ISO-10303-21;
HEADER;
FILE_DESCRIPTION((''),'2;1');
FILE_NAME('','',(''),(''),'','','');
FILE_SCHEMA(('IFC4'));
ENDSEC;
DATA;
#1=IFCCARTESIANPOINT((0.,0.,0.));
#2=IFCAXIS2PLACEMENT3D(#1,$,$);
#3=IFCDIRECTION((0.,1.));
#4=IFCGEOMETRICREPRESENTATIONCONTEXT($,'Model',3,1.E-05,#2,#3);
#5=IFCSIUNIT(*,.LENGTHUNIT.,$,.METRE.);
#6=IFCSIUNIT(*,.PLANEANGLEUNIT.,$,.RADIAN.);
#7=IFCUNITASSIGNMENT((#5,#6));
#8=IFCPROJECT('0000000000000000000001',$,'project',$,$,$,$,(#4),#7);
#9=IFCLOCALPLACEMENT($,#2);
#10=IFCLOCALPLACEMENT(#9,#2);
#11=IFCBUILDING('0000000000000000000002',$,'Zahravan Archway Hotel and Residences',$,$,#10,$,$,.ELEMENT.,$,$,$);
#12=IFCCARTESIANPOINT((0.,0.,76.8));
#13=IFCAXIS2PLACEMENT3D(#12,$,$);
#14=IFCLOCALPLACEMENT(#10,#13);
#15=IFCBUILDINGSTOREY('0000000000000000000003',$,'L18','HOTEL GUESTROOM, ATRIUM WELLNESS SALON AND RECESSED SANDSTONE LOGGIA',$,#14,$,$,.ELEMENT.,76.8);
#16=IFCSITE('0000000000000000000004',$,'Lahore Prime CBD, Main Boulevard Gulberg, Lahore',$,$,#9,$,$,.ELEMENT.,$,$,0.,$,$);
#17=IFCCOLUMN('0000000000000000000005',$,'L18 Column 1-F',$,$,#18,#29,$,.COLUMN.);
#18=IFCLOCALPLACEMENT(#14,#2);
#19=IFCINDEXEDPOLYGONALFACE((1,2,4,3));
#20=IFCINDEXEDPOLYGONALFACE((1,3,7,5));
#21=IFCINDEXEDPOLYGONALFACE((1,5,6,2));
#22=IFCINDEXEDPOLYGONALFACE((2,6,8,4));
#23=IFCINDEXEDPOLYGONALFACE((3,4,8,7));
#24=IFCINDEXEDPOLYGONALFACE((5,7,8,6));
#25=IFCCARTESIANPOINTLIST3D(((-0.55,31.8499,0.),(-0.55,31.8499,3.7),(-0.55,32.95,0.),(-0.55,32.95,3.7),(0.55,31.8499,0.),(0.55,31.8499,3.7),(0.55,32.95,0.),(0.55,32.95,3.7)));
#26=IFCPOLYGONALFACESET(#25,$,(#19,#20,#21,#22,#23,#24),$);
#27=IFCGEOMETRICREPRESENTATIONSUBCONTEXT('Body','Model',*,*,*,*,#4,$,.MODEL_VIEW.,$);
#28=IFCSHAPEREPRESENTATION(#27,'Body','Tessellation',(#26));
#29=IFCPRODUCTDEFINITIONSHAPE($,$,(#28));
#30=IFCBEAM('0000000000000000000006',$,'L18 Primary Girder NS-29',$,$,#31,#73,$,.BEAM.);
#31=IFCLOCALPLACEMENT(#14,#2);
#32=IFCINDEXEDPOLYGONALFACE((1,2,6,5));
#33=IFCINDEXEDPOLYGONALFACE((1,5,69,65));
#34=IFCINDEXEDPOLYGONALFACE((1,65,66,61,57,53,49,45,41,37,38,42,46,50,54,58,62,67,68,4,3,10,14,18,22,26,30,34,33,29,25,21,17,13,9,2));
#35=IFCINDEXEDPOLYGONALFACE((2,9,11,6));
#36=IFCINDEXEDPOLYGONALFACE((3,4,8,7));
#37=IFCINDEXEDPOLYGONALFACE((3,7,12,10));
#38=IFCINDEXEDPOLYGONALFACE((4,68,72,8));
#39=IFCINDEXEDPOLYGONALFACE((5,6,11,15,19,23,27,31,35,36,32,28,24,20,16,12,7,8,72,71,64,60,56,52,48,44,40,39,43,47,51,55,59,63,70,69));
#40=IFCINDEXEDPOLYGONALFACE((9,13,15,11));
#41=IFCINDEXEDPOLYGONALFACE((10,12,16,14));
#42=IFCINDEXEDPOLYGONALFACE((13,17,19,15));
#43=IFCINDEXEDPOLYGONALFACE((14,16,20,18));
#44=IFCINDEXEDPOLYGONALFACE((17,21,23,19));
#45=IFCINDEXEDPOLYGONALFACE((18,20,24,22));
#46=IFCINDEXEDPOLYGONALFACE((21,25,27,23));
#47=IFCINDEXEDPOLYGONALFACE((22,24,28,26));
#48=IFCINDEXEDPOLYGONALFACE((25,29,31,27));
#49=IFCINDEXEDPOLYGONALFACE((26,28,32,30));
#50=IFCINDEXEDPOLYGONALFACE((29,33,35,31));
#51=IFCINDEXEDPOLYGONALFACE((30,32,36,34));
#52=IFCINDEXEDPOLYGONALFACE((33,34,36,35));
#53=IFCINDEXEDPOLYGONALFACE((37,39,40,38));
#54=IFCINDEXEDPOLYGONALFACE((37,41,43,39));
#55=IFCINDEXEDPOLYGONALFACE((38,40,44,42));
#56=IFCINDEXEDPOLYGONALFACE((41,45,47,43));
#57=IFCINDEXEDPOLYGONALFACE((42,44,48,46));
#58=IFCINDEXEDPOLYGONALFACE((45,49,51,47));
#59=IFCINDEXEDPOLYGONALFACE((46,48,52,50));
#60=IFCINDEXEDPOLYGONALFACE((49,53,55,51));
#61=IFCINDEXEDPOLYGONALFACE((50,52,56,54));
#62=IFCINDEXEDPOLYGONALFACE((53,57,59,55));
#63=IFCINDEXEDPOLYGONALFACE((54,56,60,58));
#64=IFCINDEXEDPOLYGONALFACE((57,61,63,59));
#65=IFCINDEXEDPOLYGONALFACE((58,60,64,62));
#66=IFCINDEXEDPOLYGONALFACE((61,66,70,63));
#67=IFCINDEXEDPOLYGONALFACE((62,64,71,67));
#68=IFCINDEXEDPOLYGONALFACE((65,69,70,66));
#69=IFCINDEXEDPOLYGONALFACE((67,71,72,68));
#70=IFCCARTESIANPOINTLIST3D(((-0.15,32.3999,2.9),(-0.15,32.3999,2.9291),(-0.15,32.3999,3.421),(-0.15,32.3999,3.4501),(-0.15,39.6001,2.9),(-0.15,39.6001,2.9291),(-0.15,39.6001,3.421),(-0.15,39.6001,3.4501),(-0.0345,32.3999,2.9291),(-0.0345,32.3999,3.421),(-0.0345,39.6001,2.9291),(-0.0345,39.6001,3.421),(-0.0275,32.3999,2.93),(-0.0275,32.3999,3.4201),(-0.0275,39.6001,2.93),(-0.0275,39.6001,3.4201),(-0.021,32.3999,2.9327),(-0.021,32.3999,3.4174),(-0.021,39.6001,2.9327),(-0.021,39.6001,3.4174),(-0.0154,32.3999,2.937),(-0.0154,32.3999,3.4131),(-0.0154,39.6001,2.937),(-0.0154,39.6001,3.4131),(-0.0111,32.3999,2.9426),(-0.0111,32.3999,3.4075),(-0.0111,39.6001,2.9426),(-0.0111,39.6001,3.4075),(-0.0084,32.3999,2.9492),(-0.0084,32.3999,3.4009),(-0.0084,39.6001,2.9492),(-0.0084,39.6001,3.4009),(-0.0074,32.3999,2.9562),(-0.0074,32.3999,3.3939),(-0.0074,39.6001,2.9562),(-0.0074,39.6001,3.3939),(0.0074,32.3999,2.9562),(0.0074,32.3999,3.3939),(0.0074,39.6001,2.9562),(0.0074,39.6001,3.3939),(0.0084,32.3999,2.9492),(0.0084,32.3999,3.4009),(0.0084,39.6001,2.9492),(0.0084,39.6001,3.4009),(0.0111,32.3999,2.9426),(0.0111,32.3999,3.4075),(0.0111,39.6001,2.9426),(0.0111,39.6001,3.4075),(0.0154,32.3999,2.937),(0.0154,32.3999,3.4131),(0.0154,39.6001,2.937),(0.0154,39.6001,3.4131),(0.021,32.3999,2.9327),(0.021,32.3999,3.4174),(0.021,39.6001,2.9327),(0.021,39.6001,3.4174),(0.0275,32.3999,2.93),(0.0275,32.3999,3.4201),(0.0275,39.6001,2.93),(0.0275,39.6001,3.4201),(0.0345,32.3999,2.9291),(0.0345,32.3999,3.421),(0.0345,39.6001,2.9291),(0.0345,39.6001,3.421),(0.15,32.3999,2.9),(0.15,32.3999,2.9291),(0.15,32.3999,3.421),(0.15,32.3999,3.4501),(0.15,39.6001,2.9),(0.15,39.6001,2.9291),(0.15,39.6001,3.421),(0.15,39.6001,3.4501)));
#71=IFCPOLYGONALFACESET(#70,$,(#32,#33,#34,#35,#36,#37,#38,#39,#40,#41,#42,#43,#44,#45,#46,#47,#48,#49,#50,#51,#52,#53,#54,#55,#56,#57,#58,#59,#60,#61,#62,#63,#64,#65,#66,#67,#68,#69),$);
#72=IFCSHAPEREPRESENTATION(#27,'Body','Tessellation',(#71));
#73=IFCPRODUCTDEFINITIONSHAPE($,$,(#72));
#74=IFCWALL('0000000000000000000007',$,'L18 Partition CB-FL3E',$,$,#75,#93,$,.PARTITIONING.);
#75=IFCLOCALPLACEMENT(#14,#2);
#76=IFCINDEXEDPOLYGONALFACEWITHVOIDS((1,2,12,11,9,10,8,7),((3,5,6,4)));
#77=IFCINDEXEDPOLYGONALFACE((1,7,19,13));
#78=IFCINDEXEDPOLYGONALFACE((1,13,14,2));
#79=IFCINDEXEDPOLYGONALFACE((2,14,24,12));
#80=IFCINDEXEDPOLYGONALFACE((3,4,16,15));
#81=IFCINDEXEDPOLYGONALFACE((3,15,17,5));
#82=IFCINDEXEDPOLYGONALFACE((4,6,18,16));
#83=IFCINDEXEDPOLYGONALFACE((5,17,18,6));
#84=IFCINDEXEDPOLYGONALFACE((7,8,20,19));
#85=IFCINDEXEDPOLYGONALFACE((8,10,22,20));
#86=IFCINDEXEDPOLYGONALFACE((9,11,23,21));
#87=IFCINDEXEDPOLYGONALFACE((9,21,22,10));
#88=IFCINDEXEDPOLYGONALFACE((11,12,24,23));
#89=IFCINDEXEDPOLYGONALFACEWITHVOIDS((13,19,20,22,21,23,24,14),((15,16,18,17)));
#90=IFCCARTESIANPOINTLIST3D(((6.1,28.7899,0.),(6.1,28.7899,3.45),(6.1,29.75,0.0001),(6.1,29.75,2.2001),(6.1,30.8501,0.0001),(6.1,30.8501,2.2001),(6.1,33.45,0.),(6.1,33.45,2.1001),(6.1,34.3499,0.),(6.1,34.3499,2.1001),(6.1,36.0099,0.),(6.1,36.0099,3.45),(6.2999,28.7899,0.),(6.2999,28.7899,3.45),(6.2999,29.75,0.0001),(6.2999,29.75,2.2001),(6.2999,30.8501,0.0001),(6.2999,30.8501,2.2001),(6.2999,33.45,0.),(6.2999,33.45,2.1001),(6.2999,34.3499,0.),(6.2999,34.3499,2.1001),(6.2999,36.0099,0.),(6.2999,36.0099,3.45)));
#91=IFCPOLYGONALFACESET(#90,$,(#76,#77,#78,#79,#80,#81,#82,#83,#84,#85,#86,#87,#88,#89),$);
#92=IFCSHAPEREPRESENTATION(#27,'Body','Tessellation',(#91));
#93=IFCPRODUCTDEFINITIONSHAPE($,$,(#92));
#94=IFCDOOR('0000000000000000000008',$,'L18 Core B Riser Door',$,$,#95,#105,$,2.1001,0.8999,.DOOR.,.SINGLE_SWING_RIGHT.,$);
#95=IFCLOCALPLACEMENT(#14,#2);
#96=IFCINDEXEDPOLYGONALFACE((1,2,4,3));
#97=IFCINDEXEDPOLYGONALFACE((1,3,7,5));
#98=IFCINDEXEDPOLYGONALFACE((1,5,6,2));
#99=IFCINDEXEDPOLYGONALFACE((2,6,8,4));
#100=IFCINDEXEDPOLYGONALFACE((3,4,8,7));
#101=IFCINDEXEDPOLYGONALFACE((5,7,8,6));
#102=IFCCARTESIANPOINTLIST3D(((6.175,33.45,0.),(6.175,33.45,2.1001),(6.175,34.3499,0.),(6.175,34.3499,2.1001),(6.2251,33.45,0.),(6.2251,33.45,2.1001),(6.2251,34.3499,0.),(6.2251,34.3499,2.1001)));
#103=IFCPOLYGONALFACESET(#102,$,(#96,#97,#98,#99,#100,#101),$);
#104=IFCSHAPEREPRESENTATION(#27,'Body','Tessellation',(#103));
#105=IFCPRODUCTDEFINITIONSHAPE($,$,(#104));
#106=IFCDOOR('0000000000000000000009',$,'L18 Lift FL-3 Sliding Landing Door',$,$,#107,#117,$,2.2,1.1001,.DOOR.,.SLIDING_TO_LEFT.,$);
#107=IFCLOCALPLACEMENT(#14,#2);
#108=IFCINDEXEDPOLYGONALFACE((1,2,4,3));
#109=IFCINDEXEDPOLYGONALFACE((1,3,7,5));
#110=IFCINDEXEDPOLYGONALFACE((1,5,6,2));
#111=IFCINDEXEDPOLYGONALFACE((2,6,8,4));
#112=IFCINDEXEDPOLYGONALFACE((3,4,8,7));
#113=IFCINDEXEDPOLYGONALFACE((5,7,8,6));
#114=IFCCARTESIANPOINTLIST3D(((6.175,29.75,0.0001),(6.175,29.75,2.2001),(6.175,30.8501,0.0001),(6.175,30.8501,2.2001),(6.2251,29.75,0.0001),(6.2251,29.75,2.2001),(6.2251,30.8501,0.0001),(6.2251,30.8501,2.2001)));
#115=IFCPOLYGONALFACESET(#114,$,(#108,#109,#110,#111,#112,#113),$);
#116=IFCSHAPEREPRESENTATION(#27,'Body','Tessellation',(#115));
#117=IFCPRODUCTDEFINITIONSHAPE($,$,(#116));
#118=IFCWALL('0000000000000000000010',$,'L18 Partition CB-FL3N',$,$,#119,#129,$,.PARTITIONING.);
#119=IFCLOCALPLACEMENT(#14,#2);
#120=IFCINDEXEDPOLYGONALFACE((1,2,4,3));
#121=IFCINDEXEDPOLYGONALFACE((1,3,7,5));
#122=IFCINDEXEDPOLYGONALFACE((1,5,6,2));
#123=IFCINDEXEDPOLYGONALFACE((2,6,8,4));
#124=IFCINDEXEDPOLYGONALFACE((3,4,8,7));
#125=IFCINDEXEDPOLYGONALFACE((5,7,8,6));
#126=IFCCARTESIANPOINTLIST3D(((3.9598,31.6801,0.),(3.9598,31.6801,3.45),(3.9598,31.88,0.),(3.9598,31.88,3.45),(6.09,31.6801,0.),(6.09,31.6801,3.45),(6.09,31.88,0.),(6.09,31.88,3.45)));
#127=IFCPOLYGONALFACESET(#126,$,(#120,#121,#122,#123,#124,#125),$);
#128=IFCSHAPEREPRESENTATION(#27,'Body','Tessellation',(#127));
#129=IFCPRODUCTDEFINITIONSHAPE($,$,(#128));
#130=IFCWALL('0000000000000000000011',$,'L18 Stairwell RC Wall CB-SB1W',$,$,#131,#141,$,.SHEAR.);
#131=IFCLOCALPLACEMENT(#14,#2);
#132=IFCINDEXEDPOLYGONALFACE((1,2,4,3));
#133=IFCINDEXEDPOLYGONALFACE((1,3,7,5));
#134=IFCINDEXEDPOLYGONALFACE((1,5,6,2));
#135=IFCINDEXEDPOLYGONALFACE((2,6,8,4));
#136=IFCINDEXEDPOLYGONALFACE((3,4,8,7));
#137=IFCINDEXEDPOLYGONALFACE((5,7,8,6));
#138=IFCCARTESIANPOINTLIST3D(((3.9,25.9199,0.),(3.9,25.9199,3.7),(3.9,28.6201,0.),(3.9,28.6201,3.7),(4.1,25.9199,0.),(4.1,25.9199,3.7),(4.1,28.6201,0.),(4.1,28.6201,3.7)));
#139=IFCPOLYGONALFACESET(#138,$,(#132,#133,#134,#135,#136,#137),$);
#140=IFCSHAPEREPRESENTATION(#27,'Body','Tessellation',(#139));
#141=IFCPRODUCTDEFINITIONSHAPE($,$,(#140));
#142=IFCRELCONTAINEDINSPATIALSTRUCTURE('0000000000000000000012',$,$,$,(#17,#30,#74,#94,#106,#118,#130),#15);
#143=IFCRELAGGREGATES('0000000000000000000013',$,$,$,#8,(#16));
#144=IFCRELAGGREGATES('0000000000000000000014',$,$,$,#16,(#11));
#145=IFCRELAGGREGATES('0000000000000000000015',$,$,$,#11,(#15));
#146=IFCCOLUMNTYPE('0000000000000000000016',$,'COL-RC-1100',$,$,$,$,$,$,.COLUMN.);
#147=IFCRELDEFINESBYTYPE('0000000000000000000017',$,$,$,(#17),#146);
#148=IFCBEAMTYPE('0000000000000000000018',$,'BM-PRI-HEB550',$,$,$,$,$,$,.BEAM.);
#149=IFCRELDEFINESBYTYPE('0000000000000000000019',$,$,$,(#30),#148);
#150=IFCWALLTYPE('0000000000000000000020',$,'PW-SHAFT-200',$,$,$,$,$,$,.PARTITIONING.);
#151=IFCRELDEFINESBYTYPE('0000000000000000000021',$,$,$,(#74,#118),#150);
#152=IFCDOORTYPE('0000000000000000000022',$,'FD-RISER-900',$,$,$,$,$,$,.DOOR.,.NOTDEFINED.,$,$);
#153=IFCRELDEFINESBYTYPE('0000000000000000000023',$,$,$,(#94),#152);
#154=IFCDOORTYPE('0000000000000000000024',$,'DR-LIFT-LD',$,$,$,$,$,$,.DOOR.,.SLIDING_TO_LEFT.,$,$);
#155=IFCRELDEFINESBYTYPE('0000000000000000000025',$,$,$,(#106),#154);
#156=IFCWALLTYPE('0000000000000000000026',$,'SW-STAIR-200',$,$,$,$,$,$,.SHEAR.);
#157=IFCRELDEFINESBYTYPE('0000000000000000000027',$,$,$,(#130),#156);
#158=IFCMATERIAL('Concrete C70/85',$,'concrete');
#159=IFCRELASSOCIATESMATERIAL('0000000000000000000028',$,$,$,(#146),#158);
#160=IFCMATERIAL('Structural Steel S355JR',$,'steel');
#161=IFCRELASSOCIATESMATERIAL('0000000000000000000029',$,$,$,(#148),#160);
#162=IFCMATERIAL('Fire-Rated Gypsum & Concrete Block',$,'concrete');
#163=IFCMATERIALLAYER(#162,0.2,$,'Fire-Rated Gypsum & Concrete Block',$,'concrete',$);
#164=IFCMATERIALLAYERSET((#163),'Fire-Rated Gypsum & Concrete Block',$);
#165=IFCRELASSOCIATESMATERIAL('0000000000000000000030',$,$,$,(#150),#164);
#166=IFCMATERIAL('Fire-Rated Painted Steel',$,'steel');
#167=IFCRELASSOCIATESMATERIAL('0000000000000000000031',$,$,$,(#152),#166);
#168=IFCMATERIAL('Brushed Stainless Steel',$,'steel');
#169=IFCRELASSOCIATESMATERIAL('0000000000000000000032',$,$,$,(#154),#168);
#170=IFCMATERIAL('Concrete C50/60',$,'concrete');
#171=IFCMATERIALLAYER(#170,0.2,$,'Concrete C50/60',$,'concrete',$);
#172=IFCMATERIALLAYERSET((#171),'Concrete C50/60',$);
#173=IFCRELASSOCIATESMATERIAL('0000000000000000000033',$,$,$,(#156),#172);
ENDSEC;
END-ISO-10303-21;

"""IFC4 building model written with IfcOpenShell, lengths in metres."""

from ifc_helpers import new_model, si_unit, direction, frame, frame_2d, origin, origin_2d, place, context, subcontext, project, spatial, rectangle, i_section, extrude, source, transform, mapped, material, layer, layer_set, material_profile, profile_set, type_object, type_shapes, element, fill, save


model = new_model("IFC4")

# Units and contexts
model_context = context("Model", 3, precision=1e-05, world=origin(), true_north=direction((0.0, 1.0)))
body_context = subcontext(model_context, "Body", "Model", "MODEL_VIEW")
ifc_project = project(units=[si_unit("LENGTHUNIT", "METRE"), si_unit("PLANEANGLEUNIT", "RADIAN")], contexts=[model_context])

# Site, building, storey
site_placement = place(None, origin())
site = spatial("IfcSite", under=ifc_project, at=site_placement, Name="Lahore Prime CBD, Main Boulevard Gulberg, Lahore", CompositionType="ELEMENT", RefElevation=0.0)
building_placement = place(site_placement, origin())
building = spatial("IfcBuilding", under=site, at=building_placement, Name="Zahravan Archway Hotel and Residences", CompositionType="ELEMENT")
storey_placement = place(building_placement, frame((0.0, 0.0, 76.8)))
storey = spatial("IfcBuildingStorey", under=building, at=storey_placement, Name="L18", Description="HOTEL GUESTROOM, ATRIUM WELLNESS SALON AND RECESSED SANDSTONE LOGGIA", CompositionType="ELEMENT", Elevation=76.8)

# Column
ifc_material_1 = material(Name="Concrete C70/85", Category="concrete")
ifc_material_profile_1 = material_profile(ifc_material_1, rectangle(XDim=1.1001, YDim=1.1001, at=origin_2d()), Name="RC 1100x1100", Category="concrete")
ifc_profile_set_1 = profile_set([ifc_material_profile_1], Name="Concrete C70/85")
column_type = type_object("IfcColumnType", Name="COL-RC-1100", PredefinedType="COLUMN", material=ifc_profile_set_1)
shared_shape_1 = source(origin(), body_context, "Body", "SweptSolid", [
    extrude(rectangle(XDim=1.1001, YDim=1.1001, at=origin_2d()), origin(), (0.0, 0.0, 1.0), 3.7),
])
column_placement = place(storey_placement, frame((0.0, 32.3999, 0.0), z_axis=(0.0, 0.0, 1.0), x_axis=(1.0, 0.0, 0.0)))
element("IfcColumn", 1, at=column_placement, inside=storey, type_object=column_type, Name="L18 Column 1-F", PredefinedType="COLUMN", context=body_context, shape_type="MappedRepresentation", body=[
    mapped(shared_shape_1, transform((0.0, 0.0, 0.0), scale=1.0)),
])

# Beam
ifc_material_2 = material(Name="Structural Steel S355JR", Category="steel")
ifc_material_profile_2 = material_profile(ifc_material_2, i_section(OverallWidth=0.3, OverallDepth=0.55, WebThickness=0.0149, FlangeThickness=0.0291, FilletRadius=0.0271, at=origin_2d()), Name="HEB 550", Category="steel")
ifc_profile_set_2 = profile_set([ifc_material_profile_2], Name="Structural Steel S355JR")
beam_type = type_object("IfcBeamType", Name="BM-PRI-HEB550", PredefinedType="BEAM", material=ifc_profile_set_2)
shared_shape_2 = source(origin(), body_context, "Body", "SweptSolid", [
    extrude(i_section(OverallWidth=0.3, OverallDepth=0.55, WebThickness=0.0149, FlangeThickness=0.0291, FilletRadius=0.0271, at=origin_2d()), origin(), (0.0, 0.0, 1.0), 7.2002),
])
type_shapes(beam_type, [shared_shape_2])
beam_placement = place(storey_placement, frame((0.0, 32.3999, 3.175), z_axis=(0.0, 1.0, 0.0), x_axis=(-1.0, 0.0, 0.0)))
element("IfcBeam", 2, at=beam_placement, inside=storey, type_object=beam_type, Name="L18 Primary Girder NS-29", PredefinedType="BEAM", context=body_context, shape_type="MappedRepresentation", body=[
    mapped(shared_shape_2, transform((0.0, 0.0, 0.0), scale=1.0)),
])

# Wall, openings, doors
ifc_material_3 = material(Name="Fire-Rated Gypsum & Concrete Block", Category="concrete")
ifc_layer_1 = layer(ifc_material_3, 0.2, Name="Fire-Rated Gypsum & Concrete Block", Category="concrete")
ifc_layer_set_1 = layer_set([ifc_layer_1], Name="Fire-Rated Gypsum & Concrete Block")
wall_type_1 = type_object("IfcWallType", Name="PW-SHAFT-200", PredefinedType="PARTITIONING", material=ifc_layer_set_1)
wall_1_placement = place(storey_placement, frame((6.2, 28.79, 0.0), z_axis=(0.0, 0.0, 1.0), x_axis=(0.0, 1.0, 0.0)))
wall_1 = element("IfcWall", 3, at=wall_1_placement, inside=storey, type_object=wall_type_1, Name="L18 Partition CB-FL3E", PredefinedType="PARTITIONING", context=body_context, shape_type="SweptSolid", body=[
    extrude(rectangle(XDim=7.22, YDim=0.2, at=frame_2d((3.6099, 0.0))), origin(), (0.0, 0.0, 1.0), 3.45),
])
opening_1_placement = place(wall_1_placement, frame((4.6599, 0.0, 0.0)))
opening_1 = element("IfcOpeningElement", 4, at=opening_1_placement, cuts=wall_1, PredefinedType="OPENING", context=body_context, shape_type="SweptSolid", body=[
    extrude(rectangle(XDim=0.8999, YDim=2.1001, at=frame_2d((0.45, 1.05))), frame((0.0, 0.1099, 0.0), z_axis=(0.0, -1.0, 0.0), x_axis=(1.0, 0.0, 0.0)), (0.0, 0.0, 1.0), 0.22),
])
opening_2_placement = place(wall_1_placement, frame((0.96, 0.0, 0.0)))
opening_2 = element("IfcOpeningElement", 5, at=opening_2_placement, cuts=wall_1, PredefinedType="OPENING", context=body_context, shape_type="SweptSolid", body=[
    extrude(rectangle(XDim=1.1001, YDim=2.2, at=frame_2d((0.55, 1.1001))), frame((0.0, 0.1099, 0.0), z_axis=(0.0, -1.0, 0.0), x_axis=(1.0, 0.0, 0.0)), (0.0, 0.0, 1.0), 0.22),
])
ifc_material_4 = material(Name="Fire-Rated Painted Steel", Category="steel")
door_type_1 = type_object("IfcDoorType", Name="FD-RISER-900", OperationType="NOTDEFINED", PredefinedType="DOOR", material=ifc_material_4)
shared_shape_3 = source(origin(), body_context, "Body", "SweptSolid", [
    extrude(rectangle(XDim=0.8999, YDim=2.1001, at=frame_2d((0.45, 1.05))), frame((0.0, 0.0249, 0.0), z_axis=(0.0, -1.0, 0.0), x_axis=(1.0, 0.0, 0.0)), (0.0, 0.0, 1.0), 0.05),
])
type_shapes(door_type_1, [shared_shape_3])
door_1_placement = place(opening_1_placement, origin())
door_1 = element("IfcDoor", 6, at=door_1_placement, inside=storey, type_object=door_type_1, Name="L18 Core B Riser Door", OperationType="SINGLE_SWING_RIGHT", OverallHeight=2.1001, OverallWidth=0.8999, PredefinedType="DOOR", context=body_context, shape_type="MappedRepresentation", body=[
    mapped(shared_shape_3, transform((0.0, 0.0, 0.0), scale=1.0)),
])
fill(opening_1, door_1)
ifc_material_5 = material(Name="Brushed Stainless Steel", Category="steel")
door_type_2 = type_object("IfcDoorType", Name="DR-LIFT-LD", OperationType="SLIDING_TO_LEFT", PredefinedType="DOOR", material=ifc_material_5)
shared_shape_4 = source(origin(), body_context, "Body", "SweptSolid", [
    extrude(rectangle(XDim=1.1001, YDim=2.2, at=frame_2d((0.55, 1.1001))), frame((0.0, 0.0249, 0.0), z_axis=(0.0, -1.0, 0.0), x_axis=(1.0, 0.0, 0.0)), (0.0, 0.0, 1.0), 0.05),
])
type_shapes(door_type_2, [shared_shape_4])
door_2_placement = place(opening_2_placement, origin())
door_2 = element("IfcDoor", 7, at=door_2_placement, inside=storey, type_object=door_type_2, Name="L18 Lift FL-3 Sliding Landing Door", OperationType="SLIDING_TO_LEFT", OverallHeight=2.2, OverallWidth=1.1001, PredefinedType="DOOR", context=body_context, shape_type="MappedRepresentation", body=[
    mapped(shared_shape_4, transform((0.0, 0.0, 0.0), scale=1.0)),
])
fill(opening_2, door_2)

# Walls
wall_2_placement = place(storey_placement, frame((3.96, 31.78, 0.0), z_axis=(0.0, 0.0, 1.0), x_axis=(1.0, 0.0, 0.0)))
element("IfcWall", 8, at=wall_2_placement, inside=storey, type_object=wall_type_1, Name="L18 Partition CB-FL3N", PredefinedType="PARTITIONING", context=body_context, shape_type="SweptSolid", body=[
    extrude(rectangle(XDim=2.1301, YDim=0.2, at=frame_2d((1.0649, 0.0))), origin(), (0.0, 0.0, 1.0), 3.45),
])
ifc_material_6 = material(Name="Concrete C50/60", Category="concrete")
ifc_layer_2 = layer(ifc_material_6, 0.2, Name="Concrete C50/60", Category="concrete")
ifc_layer_set_2 = layer_set([ifc_layer_2], Name="Concrete C50/60")
wall_type_2 = type_object("IfcWallType", Name="SW-STAIR-200", PredefinedType="SHEAR", material=ifc_layer_set_2)
wall_3_placement = place(storey_placement, frame((4.0, 25.9199, 0.0), z_axis=(0.0, 0.0, 1.0), x_axis=(0.0, 1.0, 0.0)))
element("IfcWall", 9, at=wall_3_placement, inside=storey, type_object=wall_type_2, Name="L18 Stairwell RC Wall CB-SB1W", PredefinedType="SHEAR", context=body_context, shape_type="SweptSolid", body=[
    extrude(rectangle(XDim=2.7002, YDim=0.2, at=frame_2d((1.3501, 0.0))), origin(), (0.0, 0.0, 1.0), 3.7),
])

save(model, "model.ifc")
